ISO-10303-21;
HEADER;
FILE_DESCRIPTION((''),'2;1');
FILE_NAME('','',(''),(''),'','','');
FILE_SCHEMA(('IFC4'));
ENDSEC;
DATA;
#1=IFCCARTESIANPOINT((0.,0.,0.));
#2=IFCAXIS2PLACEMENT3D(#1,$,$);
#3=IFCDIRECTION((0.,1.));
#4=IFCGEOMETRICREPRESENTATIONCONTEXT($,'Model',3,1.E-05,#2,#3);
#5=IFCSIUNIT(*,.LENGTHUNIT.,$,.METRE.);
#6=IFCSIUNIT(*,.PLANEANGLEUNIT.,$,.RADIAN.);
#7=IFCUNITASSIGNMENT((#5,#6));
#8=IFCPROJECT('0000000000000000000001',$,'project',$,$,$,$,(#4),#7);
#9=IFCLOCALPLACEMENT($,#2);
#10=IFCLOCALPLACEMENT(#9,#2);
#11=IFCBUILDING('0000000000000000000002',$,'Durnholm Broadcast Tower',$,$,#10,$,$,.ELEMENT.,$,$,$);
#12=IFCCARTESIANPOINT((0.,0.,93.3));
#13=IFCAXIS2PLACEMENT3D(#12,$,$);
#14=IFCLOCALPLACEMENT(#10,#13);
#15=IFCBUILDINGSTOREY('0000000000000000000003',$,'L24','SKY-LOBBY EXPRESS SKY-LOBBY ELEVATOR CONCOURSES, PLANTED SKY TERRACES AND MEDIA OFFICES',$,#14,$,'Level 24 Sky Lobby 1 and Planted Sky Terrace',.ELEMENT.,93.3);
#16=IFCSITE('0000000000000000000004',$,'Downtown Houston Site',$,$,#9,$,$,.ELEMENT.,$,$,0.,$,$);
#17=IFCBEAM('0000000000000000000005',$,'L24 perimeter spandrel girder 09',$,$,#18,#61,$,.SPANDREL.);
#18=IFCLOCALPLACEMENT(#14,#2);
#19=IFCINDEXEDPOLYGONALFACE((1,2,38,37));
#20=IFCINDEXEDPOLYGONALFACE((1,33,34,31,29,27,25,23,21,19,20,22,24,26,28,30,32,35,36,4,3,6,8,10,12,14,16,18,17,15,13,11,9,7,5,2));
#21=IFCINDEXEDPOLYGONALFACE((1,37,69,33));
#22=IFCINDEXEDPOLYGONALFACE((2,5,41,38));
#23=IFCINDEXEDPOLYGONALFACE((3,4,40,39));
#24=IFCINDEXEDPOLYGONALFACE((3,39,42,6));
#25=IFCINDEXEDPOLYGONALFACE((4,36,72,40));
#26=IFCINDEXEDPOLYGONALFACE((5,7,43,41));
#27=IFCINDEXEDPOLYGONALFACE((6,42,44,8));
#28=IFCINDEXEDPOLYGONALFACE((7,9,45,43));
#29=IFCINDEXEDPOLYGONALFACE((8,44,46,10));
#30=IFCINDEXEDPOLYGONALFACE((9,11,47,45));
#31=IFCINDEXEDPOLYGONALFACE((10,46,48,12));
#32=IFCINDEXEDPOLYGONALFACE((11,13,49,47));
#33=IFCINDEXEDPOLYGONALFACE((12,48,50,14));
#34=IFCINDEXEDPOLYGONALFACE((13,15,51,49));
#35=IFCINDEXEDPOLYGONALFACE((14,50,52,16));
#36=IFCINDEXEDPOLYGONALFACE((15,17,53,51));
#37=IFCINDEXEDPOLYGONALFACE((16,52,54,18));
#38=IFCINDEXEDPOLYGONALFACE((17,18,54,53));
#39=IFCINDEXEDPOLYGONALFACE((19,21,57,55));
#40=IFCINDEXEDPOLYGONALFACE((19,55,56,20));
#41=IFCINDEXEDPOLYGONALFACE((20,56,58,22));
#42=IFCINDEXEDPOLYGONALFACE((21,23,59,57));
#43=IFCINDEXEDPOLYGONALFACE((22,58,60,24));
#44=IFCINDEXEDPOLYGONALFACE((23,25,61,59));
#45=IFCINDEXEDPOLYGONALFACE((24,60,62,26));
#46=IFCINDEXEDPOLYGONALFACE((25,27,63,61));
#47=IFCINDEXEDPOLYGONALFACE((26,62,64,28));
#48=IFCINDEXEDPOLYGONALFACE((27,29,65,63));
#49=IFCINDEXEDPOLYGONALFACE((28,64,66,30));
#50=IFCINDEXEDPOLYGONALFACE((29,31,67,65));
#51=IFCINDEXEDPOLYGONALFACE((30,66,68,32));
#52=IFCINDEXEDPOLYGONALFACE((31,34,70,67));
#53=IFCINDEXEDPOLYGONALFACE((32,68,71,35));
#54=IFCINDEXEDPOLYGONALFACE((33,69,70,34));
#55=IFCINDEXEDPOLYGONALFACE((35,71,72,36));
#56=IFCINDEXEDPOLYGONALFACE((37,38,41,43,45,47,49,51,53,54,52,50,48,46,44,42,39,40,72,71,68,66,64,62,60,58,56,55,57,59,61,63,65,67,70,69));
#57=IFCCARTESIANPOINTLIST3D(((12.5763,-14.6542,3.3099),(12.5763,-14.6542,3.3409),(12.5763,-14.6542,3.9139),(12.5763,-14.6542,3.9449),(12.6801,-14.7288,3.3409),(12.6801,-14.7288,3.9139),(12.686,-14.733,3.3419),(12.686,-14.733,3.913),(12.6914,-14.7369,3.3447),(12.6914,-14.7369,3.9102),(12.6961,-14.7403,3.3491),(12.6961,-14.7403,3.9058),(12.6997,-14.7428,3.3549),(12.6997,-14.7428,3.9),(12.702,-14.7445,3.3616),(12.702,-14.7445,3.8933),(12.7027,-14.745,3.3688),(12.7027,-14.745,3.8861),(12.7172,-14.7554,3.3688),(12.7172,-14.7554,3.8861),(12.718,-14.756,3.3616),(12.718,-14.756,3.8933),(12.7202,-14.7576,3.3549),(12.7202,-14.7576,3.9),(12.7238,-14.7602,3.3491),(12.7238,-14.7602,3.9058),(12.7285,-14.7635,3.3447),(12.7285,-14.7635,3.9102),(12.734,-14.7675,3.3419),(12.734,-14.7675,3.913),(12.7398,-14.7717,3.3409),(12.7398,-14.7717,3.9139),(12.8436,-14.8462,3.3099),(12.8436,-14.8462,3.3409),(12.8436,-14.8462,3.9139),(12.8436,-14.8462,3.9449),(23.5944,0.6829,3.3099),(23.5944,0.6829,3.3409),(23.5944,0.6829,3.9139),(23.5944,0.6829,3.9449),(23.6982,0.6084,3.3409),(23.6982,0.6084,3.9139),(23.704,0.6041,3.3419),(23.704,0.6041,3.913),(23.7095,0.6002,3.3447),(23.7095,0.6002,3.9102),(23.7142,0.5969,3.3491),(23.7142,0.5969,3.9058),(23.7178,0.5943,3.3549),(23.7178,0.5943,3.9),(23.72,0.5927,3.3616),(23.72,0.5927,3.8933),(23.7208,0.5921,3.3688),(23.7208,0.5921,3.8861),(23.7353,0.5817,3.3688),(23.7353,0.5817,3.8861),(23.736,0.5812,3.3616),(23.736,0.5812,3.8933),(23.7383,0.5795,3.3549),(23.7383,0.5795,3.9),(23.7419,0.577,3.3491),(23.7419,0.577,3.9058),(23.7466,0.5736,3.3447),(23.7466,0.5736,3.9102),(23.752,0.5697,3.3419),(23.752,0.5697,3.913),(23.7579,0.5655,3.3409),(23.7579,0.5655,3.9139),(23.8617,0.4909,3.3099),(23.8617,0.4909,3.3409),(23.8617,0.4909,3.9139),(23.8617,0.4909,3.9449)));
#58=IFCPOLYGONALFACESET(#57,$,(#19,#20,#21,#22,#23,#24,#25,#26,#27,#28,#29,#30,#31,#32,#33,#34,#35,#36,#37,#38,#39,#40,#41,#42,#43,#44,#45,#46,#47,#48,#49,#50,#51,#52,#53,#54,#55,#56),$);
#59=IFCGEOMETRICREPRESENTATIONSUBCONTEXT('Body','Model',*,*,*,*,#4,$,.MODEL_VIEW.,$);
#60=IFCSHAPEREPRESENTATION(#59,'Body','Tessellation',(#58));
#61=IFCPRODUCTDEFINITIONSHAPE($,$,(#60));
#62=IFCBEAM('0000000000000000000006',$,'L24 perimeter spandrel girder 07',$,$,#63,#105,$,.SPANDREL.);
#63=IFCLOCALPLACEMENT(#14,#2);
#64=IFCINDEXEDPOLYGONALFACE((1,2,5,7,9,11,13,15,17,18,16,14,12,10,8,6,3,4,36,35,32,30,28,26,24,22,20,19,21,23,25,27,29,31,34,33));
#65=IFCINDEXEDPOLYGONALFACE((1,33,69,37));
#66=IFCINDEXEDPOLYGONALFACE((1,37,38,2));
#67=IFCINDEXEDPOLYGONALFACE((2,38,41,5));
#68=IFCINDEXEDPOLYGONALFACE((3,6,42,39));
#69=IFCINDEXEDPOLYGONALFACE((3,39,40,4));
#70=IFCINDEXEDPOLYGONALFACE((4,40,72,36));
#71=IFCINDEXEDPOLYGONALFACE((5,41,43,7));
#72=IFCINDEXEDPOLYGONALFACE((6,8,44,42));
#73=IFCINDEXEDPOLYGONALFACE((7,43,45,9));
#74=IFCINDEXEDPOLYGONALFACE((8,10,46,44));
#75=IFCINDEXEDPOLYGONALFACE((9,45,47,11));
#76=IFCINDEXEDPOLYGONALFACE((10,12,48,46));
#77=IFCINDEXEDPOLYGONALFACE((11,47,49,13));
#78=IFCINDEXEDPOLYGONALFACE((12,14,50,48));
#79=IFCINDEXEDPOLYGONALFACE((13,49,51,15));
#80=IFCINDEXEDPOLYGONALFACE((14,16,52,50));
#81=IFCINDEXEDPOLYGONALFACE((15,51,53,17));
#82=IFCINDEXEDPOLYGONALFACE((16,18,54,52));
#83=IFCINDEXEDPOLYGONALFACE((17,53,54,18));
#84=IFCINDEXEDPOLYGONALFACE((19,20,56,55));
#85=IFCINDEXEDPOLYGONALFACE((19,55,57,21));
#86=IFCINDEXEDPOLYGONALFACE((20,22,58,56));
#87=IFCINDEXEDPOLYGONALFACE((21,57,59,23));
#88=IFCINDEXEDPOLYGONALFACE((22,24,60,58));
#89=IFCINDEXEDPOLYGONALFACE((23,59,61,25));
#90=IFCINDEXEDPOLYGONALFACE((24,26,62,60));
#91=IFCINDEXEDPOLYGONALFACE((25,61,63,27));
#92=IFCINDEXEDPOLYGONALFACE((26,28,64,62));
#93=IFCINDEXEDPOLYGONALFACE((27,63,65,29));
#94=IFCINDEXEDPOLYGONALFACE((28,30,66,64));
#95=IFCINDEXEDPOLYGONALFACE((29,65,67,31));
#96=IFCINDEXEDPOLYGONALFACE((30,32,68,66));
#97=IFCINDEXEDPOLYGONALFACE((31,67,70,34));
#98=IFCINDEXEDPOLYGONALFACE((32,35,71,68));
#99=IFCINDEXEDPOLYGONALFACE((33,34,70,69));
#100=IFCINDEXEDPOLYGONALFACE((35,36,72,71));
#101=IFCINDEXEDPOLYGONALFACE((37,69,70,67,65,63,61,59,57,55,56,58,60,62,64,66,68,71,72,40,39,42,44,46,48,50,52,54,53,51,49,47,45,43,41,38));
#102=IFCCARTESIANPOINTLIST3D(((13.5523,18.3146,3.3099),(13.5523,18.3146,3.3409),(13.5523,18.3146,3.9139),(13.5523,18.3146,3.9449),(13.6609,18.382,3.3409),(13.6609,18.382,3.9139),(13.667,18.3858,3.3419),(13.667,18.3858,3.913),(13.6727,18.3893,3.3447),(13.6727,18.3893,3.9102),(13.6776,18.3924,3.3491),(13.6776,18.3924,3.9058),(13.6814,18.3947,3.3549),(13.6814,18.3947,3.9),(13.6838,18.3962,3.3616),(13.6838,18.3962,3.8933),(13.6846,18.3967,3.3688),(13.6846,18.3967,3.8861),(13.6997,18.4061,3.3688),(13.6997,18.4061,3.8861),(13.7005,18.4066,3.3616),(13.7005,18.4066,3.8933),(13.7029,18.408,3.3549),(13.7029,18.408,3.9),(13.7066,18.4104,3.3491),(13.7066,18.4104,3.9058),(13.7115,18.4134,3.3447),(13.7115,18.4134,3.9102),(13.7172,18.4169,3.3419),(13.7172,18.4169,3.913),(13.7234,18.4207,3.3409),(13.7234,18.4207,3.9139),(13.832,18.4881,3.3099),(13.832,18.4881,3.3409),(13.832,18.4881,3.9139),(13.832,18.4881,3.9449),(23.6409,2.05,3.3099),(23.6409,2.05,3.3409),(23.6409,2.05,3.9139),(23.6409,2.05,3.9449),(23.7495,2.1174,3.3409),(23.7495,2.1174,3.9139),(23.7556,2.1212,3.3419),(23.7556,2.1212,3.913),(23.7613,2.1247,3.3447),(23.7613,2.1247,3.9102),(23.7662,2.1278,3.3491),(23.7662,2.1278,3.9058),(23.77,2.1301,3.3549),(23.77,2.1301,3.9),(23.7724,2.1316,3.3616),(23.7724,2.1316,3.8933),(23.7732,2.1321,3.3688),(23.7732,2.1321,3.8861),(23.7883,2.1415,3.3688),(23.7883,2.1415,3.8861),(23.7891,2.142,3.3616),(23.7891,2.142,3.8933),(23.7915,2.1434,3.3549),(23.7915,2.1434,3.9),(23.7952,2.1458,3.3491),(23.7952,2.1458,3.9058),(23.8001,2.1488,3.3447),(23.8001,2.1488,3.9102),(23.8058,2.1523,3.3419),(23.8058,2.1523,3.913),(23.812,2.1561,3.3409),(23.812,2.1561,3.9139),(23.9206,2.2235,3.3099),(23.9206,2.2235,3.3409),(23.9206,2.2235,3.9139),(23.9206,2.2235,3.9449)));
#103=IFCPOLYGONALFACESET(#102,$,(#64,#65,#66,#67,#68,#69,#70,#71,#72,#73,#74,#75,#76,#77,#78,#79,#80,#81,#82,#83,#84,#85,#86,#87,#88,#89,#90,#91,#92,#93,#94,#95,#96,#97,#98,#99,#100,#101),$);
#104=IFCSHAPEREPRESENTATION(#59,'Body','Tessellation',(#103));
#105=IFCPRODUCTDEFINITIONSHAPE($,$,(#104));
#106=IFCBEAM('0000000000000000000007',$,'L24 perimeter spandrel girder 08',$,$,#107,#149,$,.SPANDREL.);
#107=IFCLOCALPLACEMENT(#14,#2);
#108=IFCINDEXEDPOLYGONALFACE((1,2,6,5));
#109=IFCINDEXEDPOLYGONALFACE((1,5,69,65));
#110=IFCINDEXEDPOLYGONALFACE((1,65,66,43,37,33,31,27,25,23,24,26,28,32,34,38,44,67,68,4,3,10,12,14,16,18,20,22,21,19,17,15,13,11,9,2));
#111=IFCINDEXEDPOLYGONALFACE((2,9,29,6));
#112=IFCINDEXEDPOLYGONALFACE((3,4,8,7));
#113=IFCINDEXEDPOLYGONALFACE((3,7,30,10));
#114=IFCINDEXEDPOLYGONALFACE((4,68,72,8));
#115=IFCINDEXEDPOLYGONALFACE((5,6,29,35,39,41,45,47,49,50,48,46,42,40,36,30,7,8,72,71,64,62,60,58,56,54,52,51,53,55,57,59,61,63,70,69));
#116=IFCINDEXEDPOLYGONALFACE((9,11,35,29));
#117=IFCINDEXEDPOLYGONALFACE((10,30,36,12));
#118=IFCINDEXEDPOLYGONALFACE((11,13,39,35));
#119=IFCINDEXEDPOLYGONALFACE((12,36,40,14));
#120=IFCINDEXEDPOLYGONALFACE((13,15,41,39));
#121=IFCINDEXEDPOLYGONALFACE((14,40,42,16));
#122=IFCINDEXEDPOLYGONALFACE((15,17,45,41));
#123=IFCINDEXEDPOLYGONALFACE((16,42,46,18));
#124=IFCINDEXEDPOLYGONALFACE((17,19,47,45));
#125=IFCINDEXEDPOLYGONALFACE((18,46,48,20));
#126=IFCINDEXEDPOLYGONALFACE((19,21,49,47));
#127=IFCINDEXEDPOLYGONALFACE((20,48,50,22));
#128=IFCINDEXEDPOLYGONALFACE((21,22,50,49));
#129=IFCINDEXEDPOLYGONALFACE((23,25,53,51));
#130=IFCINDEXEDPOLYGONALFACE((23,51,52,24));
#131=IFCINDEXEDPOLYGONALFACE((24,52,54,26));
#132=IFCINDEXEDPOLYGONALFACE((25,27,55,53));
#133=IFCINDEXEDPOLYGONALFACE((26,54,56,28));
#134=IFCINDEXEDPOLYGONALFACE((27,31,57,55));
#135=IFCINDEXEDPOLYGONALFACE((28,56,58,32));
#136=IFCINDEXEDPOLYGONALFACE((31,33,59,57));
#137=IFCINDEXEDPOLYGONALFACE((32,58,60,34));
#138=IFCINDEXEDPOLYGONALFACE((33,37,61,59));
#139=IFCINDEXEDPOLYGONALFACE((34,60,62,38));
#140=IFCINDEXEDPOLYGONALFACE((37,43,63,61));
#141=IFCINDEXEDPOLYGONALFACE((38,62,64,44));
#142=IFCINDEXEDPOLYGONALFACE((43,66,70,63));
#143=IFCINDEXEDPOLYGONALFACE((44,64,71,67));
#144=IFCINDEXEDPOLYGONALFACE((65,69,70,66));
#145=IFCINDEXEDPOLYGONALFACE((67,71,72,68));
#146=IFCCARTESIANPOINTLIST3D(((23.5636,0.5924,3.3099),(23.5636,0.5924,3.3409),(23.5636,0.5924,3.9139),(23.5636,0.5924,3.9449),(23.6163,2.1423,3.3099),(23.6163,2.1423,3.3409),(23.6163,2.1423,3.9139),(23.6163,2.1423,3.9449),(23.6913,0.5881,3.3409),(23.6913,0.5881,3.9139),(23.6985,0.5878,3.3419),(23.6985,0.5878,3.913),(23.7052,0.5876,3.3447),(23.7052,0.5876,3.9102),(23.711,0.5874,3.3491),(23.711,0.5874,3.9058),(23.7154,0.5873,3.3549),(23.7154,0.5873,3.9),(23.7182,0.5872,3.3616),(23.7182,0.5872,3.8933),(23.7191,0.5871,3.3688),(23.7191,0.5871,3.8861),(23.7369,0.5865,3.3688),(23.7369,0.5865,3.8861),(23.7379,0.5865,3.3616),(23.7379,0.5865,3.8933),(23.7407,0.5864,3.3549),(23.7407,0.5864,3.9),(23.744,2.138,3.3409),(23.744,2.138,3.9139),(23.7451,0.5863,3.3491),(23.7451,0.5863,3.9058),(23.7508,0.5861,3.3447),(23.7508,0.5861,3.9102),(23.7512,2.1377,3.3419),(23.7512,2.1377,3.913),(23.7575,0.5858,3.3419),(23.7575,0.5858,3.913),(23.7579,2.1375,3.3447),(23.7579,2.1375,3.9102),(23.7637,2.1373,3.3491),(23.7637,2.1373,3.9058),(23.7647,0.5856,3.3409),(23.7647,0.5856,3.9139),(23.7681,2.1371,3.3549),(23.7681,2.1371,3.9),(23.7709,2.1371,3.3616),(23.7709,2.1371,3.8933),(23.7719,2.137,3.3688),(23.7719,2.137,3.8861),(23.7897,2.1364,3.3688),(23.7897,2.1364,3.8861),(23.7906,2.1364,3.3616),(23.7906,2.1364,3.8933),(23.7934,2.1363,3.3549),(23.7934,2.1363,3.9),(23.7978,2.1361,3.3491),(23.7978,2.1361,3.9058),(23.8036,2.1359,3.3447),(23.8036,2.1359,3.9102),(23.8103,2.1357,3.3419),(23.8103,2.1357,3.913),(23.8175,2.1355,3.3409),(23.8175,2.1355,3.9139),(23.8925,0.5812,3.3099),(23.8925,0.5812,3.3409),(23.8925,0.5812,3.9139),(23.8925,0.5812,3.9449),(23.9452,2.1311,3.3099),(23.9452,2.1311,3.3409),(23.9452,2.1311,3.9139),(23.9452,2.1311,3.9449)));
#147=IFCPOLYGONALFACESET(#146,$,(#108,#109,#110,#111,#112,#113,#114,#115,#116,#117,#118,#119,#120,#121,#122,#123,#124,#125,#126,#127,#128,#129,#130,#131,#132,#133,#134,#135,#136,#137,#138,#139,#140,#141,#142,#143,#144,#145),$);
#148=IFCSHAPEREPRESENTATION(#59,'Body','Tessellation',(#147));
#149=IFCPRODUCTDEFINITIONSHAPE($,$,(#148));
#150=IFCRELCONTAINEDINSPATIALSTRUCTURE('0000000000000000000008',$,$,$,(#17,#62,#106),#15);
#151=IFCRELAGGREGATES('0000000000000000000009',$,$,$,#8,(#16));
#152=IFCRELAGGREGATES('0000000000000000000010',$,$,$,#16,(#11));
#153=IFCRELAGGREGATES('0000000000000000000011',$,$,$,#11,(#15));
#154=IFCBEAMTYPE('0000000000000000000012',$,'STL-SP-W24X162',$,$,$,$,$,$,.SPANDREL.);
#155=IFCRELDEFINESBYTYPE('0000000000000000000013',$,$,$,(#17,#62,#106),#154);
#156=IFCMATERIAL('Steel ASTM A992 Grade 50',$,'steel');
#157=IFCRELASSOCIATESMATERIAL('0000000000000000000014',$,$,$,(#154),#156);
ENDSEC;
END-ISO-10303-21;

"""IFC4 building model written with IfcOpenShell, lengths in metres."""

from ifc_helpers import new_model, si_unit, direction, frame, origin, origin_2d, place, context, subcontext, project, spatial, i_section, extrude, source, transform, mapped, material, material_profile, profile_set, type_object, type_shapes, element, save


model = new_model("IFC4")

# Units and contexts
model_context = context("Model", 3, precision=1e-05, world=origin(), true_north=direction((0.0, 1.0)))
body_context = subcontext(model_context, "Body", "Model", "MODEL_VIEW")
ifc_project = project(units=[si_unit("LENGTHUNIT", "METRE"), si_unit("PLANEANGLEUNIT", "RADIAN")], contexts=[model_context])

# Site, building, storey
site_placement = place(None, origin())
site = spatial("IfcSite", under=ifc_project, at=site_placement, Name="Downtown Houston Site", CompositionType="ELEMENT", RefElevation=0.0)
building_placement = place(site_placement, origin())
building = spatial("IfcBuilding", under=site, at=building_placement, Name="Durnholm Broadcast Tower", CompositionType="ELEMENT")
storey_placement = place(building_placement, frame((0.0, 0.0, 93.3)))
storey = spatial("IfcBuildingStorey", under=building, at=storey_placement, Name="L24", Description="SKY-LOBBY EXPRESS SKY-LOBBY ELEVATOR CONCOURSES, PLANTED SKY TERRACES AND MEDIA OFFICES", LongName="Level 24 Sky Lobby 1 and Planted Sky Terrace", CompositionType="ELEMENT", Elevation=93.3)

# Beams
ifc_material_1 = material(Name="Steel ASTM A992 Grade 50", Category="steel")
ifc_material_profile_1 = material_profile(ifc_material_1, i_section(OverallWidth=0.3291, OverallDepth=0.635, WebThickness=0.0178, FlangeThickness=0.031, FilletRadius=0.0278, at=origin_2d()), Name="W24X162")
ifc_profile_set_1 = profile_set([ifc_material_profile_1], Name="Steel ASTM A992 Grade 50")
beam_type_1 = type_object("IfcBeamType", Name="STL-SP-W24X162", PredefinedType="SPANDREL", material=ifc_profile_set_1)
shared_shape_1 = source(origin(), body_context, "Body", "SweptSolid", [
    extrude(i_section(OverallWidth=0.3291, OverallDepth=0.635, WebThickness=0.0178, FlangeThickness=0.031, FilletRadius=0.0278, at=origin_2d()), origin(), (0.0, 0.0, 1.0), 18.8845),
])
beam_1_placement = place(storey_placement, frame((23.728, 0.5869, 3.6274), z_axis=(-0.583443, -0.812154, 0.0), x_axis=(0.812154, -0.583443, 0.0)))
element("IfcBeam", 1, at=beam_1_placement, inside=storey, type_object=beam_type_1, Name="L24 perimeter spandrel girder 09", PredefinedType="SPANDREL", context=body_context, shape_type="MappedRepresentation", body=[
    mapped(shared_shape_1, transform((0.0, 0.0, 0.0), x_axis=(1.0, 0.0, 0.0), y_axis=(0.0, 1.0, 0.0), z_axis=(0.0, 0.0, 1.0), scale=1.0)),
])
shared_shape_2 = source(origin(), body_context, "Body", "SweptSolid", [
    extrude(i_section(OverallWidth=0.3291, OverallDepth=0.635, WebThickness=0.0178, FlangeThickness=0.031, FilletRadius=0.0278, at=origin_2d()), origin(), (0.0, 0.0, 1.0), 19.1394),
])
beam_2_placement = place(storey_placement, frame((13.6921, 18.4014, 3.6274), z_axis=(0.527111, -0.849796, 0.0), x_axis=(0.849796, 0.527111, 0.0)))
element("IfcBeam", 2, at=beam_2_placement, inside=storey, type_object=beam_type_1, Name="L24 perimeter spandrel girder 07", PredefinedType="SPANDREL", context=body_context, shape_type="MappedRepresentation", body=[
    mapped(shared_shape_2, transform((0.0, 0.0, 0.0), x_axis=(1.0, 0.0, 0.0), y_axis=(0.0, 1.0, 0.0), z_axis=(0.0, 0.0, 1.0), scale=1.0)),
])
shared_shape_3 = source(origin(), body_context, "Body", "SweptSolid", [
    extrude(i_section(OverallWidth=0.3291, OverallDepth=0.635, WebThickness=0.0178, FlangeThickness=0.031, FilletRadius=0.0278, at=origin_2d()), origin(), (0.0, 0.0, 1.0), 1.5508),
])
type_shapes(beam_type_1, [shared_shape_1, shared_shape_2, shared_shape_3])
beam_3_placement = place(storey_placement, frame((23.7808, 2.1367, 3.6274), z_axis=(-0.034007, -0.999422, 0.0), x_axis=(0.999422, -0.034007, 0.0)))
element("IfcBeam", 3, at=beam_3_placement, inside=storey, type_object=beam_type_1, Name="L24 perimeter spandrel girder 08", PredefinedType="SPANDREL", context=body_context, shape_type="MappedRepresentation", body=[
    mapped(shared_shape_3, transform((0.0, 0.0, 0.0), x_axis=(1.0, 0.0, 0.0), y_axis=(0.0, 1.0, 0.0), z_axis=(0.0, 0.0, 1.0), scale=1.0)),
])

save(model, "model.ifc")
